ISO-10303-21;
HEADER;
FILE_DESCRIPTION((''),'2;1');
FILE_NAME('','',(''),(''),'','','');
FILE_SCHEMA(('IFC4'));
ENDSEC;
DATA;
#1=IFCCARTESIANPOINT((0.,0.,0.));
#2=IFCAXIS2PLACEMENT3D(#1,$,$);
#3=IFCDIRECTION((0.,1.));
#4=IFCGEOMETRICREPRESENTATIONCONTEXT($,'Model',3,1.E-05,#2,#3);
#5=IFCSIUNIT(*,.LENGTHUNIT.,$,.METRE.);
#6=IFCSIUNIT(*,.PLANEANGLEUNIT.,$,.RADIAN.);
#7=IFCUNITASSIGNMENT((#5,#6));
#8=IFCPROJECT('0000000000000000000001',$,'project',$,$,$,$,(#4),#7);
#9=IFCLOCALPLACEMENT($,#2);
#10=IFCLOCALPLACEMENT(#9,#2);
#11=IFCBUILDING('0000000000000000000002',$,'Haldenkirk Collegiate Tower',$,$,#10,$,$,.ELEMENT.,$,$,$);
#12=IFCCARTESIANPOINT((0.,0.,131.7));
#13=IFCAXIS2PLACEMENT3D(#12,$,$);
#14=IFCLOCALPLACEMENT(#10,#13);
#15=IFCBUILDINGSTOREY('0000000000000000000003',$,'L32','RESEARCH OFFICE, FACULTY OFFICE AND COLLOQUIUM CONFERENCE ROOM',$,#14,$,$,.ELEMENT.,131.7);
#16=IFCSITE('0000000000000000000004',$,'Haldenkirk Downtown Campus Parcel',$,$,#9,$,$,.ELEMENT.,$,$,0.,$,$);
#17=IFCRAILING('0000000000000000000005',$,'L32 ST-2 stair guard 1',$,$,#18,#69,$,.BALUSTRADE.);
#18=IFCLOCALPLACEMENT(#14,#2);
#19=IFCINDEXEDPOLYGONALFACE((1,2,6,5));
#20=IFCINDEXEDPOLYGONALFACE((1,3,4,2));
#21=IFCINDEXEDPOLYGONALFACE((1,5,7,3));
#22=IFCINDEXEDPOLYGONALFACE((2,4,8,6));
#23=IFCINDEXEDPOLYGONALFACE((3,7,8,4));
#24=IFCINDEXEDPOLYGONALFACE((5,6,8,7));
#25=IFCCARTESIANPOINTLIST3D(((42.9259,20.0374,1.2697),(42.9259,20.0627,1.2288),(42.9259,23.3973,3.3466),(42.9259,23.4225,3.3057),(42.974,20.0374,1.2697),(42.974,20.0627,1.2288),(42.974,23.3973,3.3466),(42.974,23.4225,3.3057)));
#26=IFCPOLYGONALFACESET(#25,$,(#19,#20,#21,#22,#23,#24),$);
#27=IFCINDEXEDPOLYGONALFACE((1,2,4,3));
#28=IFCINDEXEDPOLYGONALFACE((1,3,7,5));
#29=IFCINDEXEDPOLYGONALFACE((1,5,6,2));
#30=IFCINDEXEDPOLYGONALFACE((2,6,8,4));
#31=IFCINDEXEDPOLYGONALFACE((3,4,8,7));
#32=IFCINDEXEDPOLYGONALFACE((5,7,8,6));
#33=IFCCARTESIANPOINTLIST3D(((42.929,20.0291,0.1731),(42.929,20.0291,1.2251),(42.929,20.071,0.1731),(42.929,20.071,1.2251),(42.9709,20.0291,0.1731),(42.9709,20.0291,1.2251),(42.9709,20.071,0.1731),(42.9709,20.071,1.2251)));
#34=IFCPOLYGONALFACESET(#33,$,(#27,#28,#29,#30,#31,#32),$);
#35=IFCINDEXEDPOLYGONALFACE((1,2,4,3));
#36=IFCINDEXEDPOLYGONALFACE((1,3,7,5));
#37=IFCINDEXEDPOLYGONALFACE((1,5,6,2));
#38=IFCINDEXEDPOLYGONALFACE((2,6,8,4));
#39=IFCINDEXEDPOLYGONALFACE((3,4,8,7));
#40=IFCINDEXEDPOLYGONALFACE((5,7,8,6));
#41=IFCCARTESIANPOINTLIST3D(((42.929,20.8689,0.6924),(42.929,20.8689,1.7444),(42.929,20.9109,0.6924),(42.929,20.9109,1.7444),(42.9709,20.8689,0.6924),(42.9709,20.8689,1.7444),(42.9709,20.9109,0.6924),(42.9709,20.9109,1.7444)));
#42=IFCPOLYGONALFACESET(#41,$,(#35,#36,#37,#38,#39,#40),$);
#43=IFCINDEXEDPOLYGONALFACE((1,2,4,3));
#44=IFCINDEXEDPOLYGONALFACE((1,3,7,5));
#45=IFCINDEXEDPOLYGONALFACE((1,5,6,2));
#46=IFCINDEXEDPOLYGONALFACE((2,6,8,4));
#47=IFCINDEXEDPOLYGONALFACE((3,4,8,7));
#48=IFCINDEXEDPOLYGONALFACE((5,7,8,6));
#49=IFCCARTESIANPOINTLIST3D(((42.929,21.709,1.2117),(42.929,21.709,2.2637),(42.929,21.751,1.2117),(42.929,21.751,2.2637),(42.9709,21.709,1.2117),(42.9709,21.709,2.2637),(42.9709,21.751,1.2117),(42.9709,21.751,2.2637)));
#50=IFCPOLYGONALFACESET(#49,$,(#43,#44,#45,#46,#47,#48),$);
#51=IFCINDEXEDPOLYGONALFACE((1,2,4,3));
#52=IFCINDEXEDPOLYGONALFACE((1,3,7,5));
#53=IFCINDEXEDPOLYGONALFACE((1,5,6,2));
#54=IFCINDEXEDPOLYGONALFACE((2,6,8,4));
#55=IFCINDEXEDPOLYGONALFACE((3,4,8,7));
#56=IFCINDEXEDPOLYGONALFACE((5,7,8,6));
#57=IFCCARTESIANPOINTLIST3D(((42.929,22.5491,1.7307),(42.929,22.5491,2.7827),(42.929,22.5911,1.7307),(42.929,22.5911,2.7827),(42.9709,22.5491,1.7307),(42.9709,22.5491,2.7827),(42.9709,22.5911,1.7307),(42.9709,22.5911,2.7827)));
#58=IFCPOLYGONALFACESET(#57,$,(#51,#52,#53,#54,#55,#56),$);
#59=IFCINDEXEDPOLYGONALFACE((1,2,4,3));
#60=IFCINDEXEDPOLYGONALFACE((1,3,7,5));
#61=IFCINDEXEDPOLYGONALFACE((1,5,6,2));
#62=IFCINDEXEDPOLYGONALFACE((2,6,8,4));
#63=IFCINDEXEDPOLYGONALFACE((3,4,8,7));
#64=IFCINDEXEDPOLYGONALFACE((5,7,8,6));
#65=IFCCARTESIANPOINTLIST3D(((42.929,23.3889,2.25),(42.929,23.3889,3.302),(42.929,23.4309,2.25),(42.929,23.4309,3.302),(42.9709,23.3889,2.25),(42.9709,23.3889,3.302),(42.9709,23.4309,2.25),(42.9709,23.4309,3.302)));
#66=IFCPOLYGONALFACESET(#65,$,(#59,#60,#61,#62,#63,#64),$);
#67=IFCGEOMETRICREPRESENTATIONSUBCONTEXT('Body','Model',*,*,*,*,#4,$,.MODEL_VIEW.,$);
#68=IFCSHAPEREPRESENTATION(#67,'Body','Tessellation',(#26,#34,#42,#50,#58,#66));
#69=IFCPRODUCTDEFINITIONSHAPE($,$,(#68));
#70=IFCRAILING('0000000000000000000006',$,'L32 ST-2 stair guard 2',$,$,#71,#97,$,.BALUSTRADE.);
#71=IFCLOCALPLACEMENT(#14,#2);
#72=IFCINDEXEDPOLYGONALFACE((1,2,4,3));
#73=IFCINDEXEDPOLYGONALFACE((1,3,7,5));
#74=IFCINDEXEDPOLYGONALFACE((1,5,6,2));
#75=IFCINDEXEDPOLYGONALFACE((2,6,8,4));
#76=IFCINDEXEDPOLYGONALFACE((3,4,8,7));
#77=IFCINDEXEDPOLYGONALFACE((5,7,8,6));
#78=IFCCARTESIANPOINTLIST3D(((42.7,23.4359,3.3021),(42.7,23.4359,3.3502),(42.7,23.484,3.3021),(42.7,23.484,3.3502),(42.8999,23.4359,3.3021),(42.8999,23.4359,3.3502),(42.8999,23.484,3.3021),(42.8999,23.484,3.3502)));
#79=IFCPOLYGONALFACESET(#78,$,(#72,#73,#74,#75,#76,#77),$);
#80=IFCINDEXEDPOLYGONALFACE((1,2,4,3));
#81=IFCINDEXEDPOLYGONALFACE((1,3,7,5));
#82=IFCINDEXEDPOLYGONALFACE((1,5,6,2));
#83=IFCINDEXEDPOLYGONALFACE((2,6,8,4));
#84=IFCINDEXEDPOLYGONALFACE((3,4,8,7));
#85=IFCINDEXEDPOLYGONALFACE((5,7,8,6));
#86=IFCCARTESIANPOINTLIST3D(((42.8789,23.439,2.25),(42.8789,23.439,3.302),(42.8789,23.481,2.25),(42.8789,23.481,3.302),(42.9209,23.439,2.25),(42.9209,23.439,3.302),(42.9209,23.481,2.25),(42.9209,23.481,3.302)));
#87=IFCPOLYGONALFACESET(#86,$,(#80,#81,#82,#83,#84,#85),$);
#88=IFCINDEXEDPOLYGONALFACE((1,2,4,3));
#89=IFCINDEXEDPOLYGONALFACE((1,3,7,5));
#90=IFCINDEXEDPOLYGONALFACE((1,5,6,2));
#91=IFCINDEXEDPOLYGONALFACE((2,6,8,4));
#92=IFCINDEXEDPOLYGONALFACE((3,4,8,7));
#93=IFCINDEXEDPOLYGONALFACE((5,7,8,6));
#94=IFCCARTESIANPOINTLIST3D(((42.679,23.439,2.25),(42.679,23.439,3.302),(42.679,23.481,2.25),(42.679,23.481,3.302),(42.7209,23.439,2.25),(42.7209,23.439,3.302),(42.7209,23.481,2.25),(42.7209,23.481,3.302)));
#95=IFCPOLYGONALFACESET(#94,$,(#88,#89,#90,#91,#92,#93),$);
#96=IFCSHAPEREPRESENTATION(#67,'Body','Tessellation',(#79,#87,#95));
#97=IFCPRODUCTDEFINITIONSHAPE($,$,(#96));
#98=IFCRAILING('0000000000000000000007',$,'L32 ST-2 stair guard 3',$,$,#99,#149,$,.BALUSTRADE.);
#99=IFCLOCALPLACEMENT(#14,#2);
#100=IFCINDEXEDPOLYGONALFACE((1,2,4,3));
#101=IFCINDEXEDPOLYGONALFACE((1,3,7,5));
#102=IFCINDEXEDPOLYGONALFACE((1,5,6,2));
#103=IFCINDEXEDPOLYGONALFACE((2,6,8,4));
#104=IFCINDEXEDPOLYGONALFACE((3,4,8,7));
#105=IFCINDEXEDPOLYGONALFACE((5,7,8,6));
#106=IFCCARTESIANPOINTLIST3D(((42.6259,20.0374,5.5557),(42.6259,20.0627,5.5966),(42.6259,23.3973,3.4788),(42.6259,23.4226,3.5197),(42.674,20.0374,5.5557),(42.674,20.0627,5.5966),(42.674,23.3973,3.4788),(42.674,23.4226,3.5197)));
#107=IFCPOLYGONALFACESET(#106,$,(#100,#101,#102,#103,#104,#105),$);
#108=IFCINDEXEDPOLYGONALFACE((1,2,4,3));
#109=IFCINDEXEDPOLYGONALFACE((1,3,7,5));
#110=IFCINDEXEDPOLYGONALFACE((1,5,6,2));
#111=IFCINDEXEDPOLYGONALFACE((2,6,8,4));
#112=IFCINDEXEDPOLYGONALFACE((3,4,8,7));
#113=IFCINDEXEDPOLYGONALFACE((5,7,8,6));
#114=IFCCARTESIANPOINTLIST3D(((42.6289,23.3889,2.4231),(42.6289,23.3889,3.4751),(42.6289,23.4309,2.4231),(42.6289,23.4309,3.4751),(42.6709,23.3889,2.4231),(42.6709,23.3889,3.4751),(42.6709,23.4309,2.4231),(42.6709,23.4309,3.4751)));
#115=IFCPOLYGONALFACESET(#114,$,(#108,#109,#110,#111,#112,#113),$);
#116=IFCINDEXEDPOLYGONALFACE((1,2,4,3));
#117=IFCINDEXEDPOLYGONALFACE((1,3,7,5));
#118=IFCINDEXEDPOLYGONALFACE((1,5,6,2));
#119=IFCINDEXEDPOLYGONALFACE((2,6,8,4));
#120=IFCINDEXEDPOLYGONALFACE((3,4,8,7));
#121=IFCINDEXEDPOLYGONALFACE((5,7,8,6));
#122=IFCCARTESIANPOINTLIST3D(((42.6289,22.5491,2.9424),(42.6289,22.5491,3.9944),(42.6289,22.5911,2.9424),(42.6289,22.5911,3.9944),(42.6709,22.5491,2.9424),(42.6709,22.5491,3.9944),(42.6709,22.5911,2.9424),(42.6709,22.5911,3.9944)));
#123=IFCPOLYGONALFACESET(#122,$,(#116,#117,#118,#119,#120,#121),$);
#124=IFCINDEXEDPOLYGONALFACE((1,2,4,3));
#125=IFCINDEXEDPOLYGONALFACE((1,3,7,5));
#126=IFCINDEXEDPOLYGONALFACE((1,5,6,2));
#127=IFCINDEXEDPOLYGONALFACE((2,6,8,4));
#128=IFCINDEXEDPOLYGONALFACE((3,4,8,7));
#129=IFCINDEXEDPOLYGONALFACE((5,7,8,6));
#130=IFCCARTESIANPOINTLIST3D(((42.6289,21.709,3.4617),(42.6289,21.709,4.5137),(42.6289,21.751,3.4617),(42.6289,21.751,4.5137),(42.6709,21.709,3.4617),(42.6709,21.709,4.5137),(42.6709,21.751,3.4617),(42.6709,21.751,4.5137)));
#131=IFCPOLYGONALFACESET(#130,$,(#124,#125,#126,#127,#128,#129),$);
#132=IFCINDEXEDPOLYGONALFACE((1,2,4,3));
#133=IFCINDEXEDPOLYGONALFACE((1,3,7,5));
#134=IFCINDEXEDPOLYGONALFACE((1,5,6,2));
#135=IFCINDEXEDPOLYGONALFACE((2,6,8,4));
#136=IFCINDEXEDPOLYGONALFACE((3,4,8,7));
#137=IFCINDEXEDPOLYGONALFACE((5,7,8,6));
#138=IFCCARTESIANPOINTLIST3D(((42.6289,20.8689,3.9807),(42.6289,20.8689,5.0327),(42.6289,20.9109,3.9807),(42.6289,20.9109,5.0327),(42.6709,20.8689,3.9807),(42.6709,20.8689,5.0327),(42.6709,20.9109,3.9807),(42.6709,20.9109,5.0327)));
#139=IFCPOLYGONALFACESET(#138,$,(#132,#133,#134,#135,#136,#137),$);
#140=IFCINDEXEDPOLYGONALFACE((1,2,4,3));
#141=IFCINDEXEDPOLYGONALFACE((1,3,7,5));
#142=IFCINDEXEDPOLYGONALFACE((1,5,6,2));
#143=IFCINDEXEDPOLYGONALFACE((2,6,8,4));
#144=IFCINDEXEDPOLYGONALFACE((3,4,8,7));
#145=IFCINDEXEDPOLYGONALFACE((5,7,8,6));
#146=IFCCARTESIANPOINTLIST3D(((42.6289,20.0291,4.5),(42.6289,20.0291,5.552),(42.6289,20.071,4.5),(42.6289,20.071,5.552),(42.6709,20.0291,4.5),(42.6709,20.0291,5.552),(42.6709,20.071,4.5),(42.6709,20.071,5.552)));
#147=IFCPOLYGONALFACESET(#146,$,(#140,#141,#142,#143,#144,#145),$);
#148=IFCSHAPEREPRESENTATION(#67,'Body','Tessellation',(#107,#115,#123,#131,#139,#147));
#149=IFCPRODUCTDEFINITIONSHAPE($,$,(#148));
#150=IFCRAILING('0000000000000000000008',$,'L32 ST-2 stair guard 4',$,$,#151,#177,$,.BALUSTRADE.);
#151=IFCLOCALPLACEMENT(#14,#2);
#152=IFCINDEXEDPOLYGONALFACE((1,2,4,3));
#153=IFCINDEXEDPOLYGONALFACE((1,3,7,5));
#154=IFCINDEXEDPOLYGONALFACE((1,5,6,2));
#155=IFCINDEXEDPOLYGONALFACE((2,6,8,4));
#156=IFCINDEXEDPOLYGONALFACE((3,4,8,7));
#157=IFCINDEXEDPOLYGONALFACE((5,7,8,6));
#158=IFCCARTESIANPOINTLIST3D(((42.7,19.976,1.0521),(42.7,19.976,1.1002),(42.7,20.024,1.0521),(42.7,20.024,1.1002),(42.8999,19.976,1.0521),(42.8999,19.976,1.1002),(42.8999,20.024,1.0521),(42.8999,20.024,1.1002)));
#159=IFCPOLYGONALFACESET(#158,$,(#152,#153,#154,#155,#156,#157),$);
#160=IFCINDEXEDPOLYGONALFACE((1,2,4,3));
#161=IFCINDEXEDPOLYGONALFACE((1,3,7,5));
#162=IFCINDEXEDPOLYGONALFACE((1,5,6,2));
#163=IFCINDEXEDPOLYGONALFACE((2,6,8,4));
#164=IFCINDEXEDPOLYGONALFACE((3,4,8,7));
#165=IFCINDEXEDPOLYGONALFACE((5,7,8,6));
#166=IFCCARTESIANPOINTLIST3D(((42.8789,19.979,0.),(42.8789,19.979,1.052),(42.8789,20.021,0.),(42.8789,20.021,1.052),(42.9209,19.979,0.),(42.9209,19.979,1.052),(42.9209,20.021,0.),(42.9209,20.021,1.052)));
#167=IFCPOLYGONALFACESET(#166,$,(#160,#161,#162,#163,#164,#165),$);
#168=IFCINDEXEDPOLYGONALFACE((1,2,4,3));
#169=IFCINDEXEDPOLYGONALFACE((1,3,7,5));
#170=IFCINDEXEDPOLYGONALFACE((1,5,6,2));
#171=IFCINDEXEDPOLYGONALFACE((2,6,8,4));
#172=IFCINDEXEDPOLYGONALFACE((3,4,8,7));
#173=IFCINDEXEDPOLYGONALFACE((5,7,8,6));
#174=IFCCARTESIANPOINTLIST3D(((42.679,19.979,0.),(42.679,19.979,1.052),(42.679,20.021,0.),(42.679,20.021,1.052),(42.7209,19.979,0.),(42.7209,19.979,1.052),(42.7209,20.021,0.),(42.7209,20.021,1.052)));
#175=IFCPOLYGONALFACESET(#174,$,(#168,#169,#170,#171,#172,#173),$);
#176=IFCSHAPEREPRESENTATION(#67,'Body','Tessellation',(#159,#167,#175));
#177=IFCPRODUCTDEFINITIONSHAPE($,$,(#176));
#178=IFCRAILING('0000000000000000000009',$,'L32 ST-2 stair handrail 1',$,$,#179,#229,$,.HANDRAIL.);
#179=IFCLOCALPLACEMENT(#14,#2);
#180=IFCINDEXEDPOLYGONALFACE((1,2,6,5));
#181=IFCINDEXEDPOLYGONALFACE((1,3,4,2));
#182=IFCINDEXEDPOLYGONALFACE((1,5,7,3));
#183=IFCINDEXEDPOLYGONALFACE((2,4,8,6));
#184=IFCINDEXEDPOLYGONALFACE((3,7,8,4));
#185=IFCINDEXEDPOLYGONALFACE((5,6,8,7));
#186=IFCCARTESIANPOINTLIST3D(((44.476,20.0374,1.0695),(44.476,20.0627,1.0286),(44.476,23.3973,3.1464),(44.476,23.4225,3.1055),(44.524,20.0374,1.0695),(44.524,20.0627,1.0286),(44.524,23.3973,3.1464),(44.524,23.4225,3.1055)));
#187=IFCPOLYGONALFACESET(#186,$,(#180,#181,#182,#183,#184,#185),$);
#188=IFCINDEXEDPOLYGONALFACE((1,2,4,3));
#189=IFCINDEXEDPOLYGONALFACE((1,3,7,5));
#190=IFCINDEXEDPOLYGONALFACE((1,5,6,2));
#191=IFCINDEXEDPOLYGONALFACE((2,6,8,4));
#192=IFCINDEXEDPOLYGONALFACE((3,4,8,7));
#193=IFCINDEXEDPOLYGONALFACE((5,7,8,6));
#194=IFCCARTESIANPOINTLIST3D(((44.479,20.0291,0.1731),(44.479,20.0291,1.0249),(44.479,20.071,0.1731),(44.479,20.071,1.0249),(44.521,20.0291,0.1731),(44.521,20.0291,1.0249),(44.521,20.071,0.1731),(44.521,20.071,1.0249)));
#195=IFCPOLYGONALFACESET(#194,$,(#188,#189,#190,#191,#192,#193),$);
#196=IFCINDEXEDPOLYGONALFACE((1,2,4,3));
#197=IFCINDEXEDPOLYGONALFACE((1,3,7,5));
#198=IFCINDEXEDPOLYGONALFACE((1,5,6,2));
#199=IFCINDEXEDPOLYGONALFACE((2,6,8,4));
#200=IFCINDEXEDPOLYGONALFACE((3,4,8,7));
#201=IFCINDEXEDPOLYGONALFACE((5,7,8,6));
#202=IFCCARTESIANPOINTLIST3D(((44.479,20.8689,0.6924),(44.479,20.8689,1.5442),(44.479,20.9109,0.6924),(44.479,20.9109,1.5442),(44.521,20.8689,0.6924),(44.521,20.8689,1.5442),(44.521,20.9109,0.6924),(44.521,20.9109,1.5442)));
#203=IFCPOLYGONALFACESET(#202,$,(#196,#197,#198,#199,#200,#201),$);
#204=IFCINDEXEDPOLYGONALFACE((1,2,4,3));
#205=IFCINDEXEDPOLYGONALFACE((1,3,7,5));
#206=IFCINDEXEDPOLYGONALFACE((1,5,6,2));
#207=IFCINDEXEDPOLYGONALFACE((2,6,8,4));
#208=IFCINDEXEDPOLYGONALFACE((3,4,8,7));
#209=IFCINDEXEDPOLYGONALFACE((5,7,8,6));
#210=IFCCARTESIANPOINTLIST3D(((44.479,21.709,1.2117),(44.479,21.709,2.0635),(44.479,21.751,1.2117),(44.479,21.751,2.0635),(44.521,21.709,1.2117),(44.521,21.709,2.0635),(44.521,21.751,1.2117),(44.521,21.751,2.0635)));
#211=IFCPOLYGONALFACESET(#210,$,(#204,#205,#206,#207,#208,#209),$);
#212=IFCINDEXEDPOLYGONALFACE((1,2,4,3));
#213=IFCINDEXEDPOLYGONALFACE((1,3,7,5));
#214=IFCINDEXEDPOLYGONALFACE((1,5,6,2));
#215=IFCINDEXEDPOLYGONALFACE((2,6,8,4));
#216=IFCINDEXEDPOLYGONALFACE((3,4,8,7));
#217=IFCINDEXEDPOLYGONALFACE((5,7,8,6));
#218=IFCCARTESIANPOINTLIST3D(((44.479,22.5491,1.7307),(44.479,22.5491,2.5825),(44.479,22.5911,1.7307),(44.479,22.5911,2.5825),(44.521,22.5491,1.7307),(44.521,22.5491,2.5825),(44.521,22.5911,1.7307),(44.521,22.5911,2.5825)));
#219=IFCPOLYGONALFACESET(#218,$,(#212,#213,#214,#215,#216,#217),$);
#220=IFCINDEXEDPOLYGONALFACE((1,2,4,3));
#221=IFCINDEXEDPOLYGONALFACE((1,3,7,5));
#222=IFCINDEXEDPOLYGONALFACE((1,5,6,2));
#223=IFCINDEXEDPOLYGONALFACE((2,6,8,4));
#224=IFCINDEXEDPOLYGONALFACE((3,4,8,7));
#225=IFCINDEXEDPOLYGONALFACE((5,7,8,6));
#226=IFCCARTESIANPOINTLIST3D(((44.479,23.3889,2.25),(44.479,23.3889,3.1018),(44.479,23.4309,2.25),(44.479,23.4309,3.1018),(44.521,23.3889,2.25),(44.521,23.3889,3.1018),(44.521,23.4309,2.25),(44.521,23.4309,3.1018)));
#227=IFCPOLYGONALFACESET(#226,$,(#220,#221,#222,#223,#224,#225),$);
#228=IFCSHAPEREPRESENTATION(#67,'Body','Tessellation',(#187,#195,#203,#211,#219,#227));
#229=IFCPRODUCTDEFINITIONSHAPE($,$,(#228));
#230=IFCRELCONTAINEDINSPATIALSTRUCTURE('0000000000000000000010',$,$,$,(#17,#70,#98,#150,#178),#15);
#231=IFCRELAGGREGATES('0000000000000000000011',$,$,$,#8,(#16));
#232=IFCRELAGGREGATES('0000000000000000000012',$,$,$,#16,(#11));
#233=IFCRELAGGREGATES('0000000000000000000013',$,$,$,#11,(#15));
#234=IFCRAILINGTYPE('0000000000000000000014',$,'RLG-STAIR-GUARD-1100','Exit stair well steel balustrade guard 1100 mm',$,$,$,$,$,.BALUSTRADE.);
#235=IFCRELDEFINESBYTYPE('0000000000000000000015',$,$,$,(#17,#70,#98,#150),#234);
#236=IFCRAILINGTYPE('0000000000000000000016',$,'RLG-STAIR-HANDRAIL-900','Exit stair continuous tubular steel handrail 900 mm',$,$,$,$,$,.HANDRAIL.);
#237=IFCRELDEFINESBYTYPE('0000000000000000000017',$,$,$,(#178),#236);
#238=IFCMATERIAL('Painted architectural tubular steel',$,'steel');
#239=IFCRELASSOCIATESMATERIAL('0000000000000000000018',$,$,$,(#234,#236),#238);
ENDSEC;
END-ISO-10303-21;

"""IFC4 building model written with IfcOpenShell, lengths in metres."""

from ifc_helpers import new_model, si_unit, direction, frame, origin, origin_2d, place, context, subcontext, project, spatial, rectangle, extrude, material, type_object, element, save


model = new_model("IFC4")

# Units and contexts
model_context = context("Model", 3, precision=1e-05, world=origin(), true_north=direction((0.0, 1.0)))
body_context = subcontext(model_context, "Body", "Model", "MODEL_VIEW")
ifc_project = project(units=[si_unit("LENGTHUNIT", "METRE"), si_unit("PLANEANGLEUNIT", "RADIAN")], contexts=[model_context])

# Site, building, storey
site_placement = place(None, origin())
site = spatial("IfcSite", under=ifc_project, at=site_placement, Name="Haldenkirk Downtown Campus Parcel", CompositionType="ELEMENT", RefElevation=0.0)
building_placement = place(site_placement, origin())
building = spatial("IfcBuilding", under=site, at=building_placement, Name="Haldenkirk Collegiate Tower", CompositionType="ELEMENT")
storey_placement = place(building_placement, frame((0.0, 0.0, 131.7)))
storey = spatial("IfcBuildingStorey", under=building, at=storey_placement, Name="L32", Description="RESEARCH OFFICE, FACULTY OFFICE AND COLLOQUIUM CONFERENCE ROOM", CompositionType="ELEMENT", Elevation=131.7)

# Railings
ifc_material_1 = material(Name="Painted architectural tubular steel", Category="steel")
railing_type_1 = type_object("IfcRailingType", Name="RLG-STAIR-GUARD-1100", Description="Exit stair well steel balustrade guard 1100 mm", PredefinedType="BALUSTRADE", material=ifc_material_1)
railing_1_placement = place(storey_placement, frame((42.95, 20.05, 0.1731)))
element("IfcRailing", 1, at=railing_1_placement, inside=storey, type_object=railing_type_1, Name="L32 ST-2 stair guard 1", PredefinedType="BALUSTRADE", context=body_context, shape_type="SweptSolid", body=[
    extrude(rectangle(XDim=0.0481, YDim=0.0481, at=origin_2d()), frame((0.0, 0.0, 1.0762), z_axis=(0.0, 0.850606, 0.525803), x_axis=(-1.0, 0.0, 0.0)), (0.0, 0.0, 1.0), 3.95),
    extrude(rectangle(XDim=0.042, YDim=0.042, at=origin_2d()), origin(), (0.0, 0.0, 1.0), 1.052),
    extrude(rectangle(XDim=0.042, YDim=0.042, at=origin_2d()), frame((0.0, 0.8398, 0.5193)), (0.0, 0.0, 1.0), 1.052),
    extrude(rectangle(XDim=0.042, YDim=0.042, at=origin_2d()), frame((0.0, 1.6799, 1.0386)), (0.0, 0.0, 1.0), 1.052),
    extrude(rectangle(XDim=0.042, YDim=0.042, at=origin_2d()), frame((0.0, 2.52, 1.5576)), (0.0, 0.0, 1.0), 1.052),
    extrude(rectangle(XDim=0.042, YDim=0.042, at=origin_2d()), frame((0.0, 3.3599, 2.0769)), (0.0, 0.0, 1.0), 1.052),
])
railing_2_placement = place(storey_placement, frame((42.8999, 23.46, 2.25)))
element("IfcRailing", 2, at=railing_2_placement, inside=storey, type_object=railing_type_1, Name="L32 ST-2 stair guard 2", PredefinedType="BALUSTRADE", context=body_context, shape_type="SweptSolid", body=[
    extrude(rectangle(XDim=0.0481, YDim=0.0481, at=origin_2d()), frame((0.0, 0.0, 1.0762), z_axis=(-1.0, 0.0, 0.0), x_axis=(0.0, -1.0, 0.0)), (0.0, 0.0, 1.0), 0.2),
    extrude(rectangle(XDim=0.042, YDim=0.042, at=origin_2d()), origin(), (0.0, 0.0, 1.0), 1.052),
    extrude(rectangle(XDim=0.042, YDim=0.042, at=origin_2d()), frame((-0.2, 0.0, 0.0)), (0.0, 0.0, 1.0), 1.052),
])
railing_3_placement = place(storey_placement, frame((42.6499, 23.4099, 2.4231)))
element("IfcRailing", 3, at=railing_3_placement, inside=storey, type_object=railing_type_1, Name="L32 ST-2 stair guard 3", PredefinedType="BALUSTRADE", context=body_context, shape_type="SweptSolid", body=[
    extrude(rectangle(XDim=0.0481, YDim=0.0481, at=origin_2d()), frame((0.0, 0.0, 1.0762), z_axis=(0.0, -0.850606, 0.525803), x_axis=(1.0, 0.0, 0.0)), (0.0, 0.0, 1.0), 3.95),
    extrude(rectangle(XDim=0.042, YDim=0.042, at=origin_2d()), origin(), (0.0, 0.0, 1.0), 1.052),
    extrude(rectangle(XDim=0.042, YDim=0.042, at=origin_2d()), frame((0.0, -0.8398, 0.5193)), (0.0, 0.0, 1.0), 1.052),
    extrude(rectangle(XDim=0.042, YDim=0.042, at=origin_2d()), frame((0.0, -1.6799, 1.0386)), (0.0, 0.0, 1.0), 1.052),
    extrude(rectangle(XDim=0.042, YDim=0.042, at=origin_2d()), frame((0.0, -2.52, 1.5576)), (0.0, 0.0, 1.0), 1.052),
    extrude(rectangle(XDim=0.042, YDim=0.042, at=origin_2d()), frame((0.0, -3.3599, 2.0769)), (0.0, 0.0, 1.0), 1.052),
])
railing_4_placement = place(storey_placement, frame((42.8999, 20.0, 0.0)))
element("IfcRailing", 4, at=railing_4_placement, inside=storey, type_object=railing_type_1, Name="L32 ST-2 stair guard 4", PredefinedType="BALUSTRADE", context=body_context, shape_type="SweptSolid", body=[
    extrude(rectangle(XDim=0.0481, YDim=0.0481, at=origin_2d()), frame((0.0, 0.0, 1.0762), z_axis=(-1.0, 0.0, 0.0), x_axis=(0.0, -1.0, 0.0)), (0.0, 0.0, 1.0), 0.2),
    extrude(rectangle(XDim=0.042, YDim=0.042, at=origin_2d()), origin(), (0.0, 0.0, 1.0), 1.052),
    extrude(rectangle(XDim=0.042, YDim=0.042, at=origin_2d()), frame((-0.2, 0.0, 0.0)), (0.0, 0.0, 1.0), 1.052),
])
railing_type_2 = type_object("IfcRailingType", Name="RLG-STAIR-HANDRAIL-900", Description="Exit stair continuous tubular steel handrail 900 mm", PredefinedType="HANDRAIL", material=ifc_material_1)
railing_5_placement = place(storey_placement, frame((44.5, 20.05, 0.1731)))
element("IfcRailing", 5, at=railing_5_placement, inside=storey, type_object=railing_type_2, Name="L32 ST-2 stair handrail 1", PredefinedType="HANDRAIL", context=body_context, shape_type="SweptSolid", body=[
    extrude(rectangle(XDim=0.0481, YDim=0.0481, at=origin_2d()), frame((0.0, 0.0, 0.876), z_axis=(0.0, 0.850606, 0.525803), x_axis=(-1.0, 0.0, 0.0)), (0.0, 0.0, 1.0), 3.95),
    extrude(rectangle(XDim=0.042, YDim=0.042, at=origin_2d()), origin(), (0.0, 0.0, 1.0), 0.8518),
    extrude(rectangle(XDim=0.042, YDim=0.042, at=origin_2d()), frame((0.0, 0.8398, 0.5193)), (0.0, 0.0, 1.0), 0.8518),
    extrude(rectangle(XDim=0.042, YDim=0.042, at=origin_2d()), frame((0.0, 1.6799, 1.0386)), (0.0, 0.0, 1.0), 0.8518),
    extrude(rectangle(XDim=0.042, YDim=0.042, at=origin_2d()), frame((0.0, 2.52, 1.5576)), (0.0, 0.0, 1.0), 0.8518),
    extrude(rectangle(XDim=0.042, YDim=0.042, at=origin_2d()), frame((0.0, 3.3599, 2.0769)), (0.0, 0.0, 1.0), 0.8518),
])

save(model, "model.ifc")
